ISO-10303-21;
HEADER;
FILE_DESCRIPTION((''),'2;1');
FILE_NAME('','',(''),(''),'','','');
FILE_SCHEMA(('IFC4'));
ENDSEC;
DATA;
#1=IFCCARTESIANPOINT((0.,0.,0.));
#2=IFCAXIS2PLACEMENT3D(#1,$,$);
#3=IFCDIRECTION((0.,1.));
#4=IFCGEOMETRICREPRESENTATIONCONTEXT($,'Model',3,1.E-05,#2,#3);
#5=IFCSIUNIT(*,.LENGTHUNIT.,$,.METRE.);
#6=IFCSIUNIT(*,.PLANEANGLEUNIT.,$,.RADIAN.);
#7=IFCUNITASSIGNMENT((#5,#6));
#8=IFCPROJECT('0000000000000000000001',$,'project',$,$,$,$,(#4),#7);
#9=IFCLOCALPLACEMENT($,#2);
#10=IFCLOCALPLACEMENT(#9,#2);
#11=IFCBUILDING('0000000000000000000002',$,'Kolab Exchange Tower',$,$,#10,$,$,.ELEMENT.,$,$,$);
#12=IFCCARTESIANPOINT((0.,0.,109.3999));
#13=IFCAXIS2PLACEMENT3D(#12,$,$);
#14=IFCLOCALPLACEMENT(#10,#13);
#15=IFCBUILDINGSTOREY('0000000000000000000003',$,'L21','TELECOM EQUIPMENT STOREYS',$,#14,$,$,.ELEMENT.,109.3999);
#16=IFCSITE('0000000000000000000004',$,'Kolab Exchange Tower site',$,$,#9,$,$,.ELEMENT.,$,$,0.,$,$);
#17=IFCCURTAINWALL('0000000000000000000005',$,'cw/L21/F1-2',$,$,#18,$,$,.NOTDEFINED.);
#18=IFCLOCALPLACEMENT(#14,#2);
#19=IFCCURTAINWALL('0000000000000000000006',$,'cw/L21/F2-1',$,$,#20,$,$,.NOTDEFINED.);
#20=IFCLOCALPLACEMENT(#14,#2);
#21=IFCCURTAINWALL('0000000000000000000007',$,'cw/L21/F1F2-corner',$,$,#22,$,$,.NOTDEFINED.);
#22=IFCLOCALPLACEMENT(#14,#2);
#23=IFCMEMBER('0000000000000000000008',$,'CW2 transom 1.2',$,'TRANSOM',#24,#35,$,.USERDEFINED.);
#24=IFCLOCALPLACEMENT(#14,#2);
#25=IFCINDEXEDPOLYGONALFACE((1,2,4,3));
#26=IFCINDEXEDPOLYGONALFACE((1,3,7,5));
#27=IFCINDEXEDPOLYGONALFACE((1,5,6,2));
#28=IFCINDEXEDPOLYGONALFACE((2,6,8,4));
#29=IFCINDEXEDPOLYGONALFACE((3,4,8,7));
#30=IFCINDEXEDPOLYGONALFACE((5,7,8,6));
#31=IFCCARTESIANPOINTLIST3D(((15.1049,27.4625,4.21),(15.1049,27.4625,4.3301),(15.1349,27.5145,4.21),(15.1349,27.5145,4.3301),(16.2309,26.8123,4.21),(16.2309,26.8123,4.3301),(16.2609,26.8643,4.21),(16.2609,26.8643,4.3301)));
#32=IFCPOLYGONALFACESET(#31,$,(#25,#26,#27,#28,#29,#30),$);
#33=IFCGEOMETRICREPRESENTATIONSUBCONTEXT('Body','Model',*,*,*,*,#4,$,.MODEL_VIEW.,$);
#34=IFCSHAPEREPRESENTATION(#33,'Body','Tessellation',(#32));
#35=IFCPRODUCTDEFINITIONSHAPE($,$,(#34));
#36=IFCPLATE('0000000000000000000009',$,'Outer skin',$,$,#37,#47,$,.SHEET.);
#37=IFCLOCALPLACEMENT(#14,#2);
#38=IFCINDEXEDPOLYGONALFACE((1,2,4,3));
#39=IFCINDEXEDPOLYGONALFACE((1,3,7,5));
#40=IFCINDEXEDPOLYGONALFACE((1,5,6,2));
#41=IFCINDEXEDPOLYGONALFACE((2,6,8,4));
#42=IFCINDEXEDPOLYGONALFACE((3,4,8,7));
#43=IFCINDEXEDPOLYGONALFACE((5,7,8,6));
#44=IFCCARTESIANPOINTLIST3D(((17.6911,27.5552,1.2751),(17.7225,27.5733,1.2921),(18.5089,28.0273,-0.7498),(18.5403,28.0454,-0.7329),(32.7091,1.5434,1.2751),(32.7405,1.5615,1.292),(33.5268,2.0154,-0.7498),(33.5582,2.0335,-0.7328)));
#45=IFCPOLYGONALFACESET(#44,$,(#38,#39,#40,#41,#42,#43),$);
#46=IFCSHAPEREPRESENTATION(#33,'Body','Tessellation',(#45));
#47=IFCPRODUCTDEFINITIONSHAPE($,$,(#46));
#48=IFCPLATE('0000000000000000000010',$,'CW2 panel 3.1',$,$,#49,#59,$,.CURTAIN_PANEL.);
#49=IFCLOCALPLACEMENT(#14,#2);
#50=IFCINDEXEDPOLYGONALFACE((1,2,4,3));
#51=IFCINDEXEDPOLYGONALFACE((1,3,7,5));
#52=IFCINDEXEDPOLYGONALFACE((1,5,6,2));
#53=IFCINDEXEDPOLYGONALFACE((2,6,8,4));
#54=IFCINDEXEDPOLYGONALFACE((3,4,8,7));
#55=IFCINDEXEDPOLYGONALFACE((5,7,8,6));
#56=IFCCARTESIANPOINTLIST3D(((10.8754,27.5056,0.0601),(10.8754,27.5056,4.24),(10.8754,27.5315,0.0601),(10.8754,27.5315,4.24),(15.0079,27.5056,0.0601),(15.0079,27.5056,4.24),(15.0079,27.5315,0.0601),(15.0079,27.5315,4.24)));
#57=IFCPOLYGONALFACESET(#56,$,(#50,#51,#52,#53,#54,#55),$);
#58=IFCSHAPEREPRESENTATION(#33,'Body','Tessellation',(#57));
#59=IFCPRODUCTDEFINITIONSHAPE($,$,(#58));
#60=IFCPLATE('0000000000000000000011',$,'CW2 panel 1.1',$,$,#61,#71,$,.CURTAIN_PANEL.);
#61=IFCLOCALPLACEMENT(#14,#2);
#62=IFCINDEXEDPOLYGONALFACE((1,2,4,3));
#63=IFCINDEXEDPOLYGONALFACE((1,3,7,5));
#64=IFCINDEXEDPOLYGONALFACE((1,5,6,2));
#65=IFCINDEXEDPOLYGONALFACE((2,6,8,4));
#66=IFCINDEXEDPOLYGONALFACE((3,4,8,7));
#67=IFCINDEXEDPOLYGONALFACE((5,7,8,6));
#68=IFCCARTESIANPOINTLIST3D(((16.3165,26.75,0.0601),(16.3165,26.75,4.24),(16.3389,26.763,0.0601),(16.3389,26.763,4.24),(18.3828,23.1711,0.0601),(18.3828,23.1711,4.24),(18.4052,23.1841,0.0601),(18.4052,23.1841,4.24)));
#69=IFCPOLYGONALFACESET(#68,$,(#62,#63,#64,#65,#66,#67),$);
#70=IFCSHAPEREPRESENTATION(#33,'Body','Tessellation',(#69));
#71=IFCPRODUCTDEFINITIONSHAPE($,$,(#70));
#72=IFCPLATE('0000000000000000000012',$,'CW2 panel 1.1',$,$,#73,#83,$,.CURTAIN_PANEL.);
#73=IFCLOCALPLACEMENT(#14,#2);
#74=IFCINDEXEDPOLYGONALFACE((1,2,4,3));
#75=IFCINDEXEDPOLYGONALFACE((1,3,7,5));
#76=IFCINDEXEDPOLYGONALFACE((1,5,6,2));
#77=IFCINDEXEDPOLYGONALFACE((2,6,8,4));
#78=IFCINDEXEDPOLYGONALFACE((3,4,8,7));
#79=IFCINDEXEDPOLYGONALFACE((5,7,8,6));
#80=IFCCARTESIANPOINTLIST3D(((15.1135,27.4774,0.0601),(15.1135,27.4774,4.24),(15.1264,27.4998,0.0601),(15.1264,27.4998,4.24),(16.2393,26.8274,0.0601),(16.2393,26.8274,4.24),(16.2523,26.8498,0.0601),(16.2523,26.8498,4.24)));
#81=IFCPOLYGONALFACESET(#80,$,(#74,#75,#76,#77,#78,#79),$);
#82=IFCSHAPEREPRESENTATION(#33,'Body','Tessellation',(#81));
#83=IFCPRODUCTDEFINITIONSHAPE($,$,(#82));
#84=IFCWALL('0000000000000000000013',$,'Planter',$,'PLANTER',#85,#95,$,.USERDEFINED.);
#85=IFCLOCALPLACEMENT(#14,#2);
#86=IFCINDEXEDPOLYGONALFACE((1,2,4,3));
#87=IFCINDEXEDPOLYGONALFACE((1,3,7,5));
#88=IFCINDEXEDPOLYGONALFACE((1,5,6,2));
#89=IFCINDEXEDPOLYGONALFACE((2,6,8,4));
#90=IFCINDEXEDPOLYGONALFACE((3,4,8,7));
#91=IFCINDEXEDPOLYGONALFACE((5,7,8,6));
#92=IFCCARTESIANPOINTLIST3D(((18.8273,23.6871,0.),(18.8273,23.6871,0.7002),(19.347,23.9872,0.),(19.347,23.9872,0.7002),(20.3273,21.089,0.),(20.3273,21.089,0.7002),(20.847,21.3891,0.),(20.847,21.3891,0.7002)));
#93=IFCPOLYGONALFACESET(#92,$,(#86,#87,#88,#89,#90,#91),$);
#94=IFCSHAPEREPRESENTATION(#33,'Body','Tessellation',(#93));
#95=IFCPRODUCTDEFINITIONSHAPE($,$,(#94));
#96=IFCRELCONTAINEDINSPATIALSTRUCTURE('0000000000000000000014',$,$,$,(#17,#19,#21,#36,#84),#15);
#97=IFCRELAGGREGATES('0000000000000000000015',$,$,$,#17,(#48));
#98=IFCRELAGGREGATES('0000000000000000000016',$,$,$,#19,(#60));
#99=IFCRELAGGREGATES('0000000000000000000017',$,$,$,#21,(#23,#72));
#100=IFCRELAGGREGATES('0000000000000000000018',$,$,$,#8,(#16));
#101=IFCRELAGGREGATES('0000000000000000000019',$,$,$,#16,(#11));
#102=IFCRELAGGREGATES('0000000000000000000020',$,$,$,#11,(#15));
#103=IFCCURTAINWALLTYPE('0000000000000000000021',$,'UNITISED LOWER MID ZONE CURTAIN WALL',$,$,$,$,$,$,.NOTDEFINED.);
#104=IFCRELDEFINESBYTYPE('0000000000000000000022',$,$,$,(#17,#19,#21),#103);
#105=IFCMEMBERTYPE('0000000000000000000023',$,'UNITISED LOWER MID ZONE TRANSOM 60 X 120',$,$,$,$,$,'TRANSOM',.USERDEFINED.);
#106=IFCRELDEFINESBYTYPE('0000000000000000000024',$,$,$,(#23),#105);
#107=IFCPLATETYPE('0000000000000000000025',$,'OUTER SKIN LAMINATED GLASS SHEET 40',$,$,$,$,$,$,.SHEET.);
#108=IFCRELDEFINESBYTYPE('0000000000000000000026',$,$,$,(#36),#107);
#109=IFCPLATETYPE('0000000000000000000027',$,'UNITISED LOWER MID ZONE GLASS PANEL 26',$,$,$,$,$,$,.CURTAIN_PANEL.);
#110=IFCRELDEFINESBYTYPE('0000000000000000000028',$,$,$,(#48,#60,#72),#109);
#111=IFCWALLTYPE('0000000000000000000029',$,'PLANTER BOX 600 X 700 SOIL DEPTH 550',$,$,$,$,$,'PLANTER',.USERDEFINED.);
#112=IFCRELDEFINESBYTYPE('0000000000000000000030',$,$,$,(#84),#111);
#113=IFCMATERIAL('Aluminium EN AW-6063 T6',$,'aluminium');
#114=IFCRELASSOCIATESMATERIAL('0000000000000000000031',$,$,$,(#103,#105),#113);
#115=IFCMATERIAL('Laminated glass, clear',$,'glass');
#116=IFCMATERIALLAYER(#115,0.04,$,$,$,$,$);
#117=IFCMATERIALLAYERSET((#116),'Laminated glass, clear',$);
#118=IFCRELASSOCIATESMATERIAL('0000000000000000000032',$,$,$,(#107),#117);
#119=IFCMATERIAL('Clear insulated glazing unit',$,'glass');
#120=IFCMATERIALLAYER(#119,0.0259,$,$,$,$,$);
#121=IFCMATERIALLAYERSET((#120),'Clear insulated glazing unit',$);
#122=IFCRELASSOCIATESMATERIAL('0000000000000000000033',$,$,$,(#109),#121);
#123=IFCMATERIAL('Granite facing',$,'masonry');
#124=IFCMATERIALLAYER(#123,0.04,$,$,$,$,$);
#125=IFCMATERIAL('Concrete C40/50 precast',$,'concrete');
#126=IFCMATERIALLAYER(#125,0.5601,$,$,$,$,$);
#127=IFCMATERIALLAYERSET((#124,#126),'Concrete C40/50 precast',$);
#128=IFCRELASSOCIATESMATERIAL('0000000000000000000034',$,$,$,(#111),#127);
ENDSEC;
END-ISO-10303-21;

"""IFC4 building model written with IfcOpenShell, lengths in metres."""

from ifc_helpers import new_model, si_unit, direction, frame, frame_2d, origin, origin_2d, place, context, subcontext, project, spatial, polyline, rectangle, outline, extrude, material, layer, layer_set, material_profile, profile_set, type_object, element, aggregate, save


model = new_model("IFC4")

# Units and contexts
model_context = context("Model", 3, precision=1e-05, world=origin(), true_north=direction((0.0, 1.0)))
body_context = subcontext(model_context, "Body", "Model", "MODEL_VIEW")
ifc_project = project(units=[si_unit("LENGTHUNIT", "METRE"), si_unit("PLANEANGLEUNIT", "RADIAN")], contexts=[model_context])

# Site, building, storey
site_placement = place(None, origin())
site = spatial("IfcSite", under=ifc_project, at=site_placement, Name="Kolab Exchange Tower site", CompositionType="ELEMENT", RefElevation=0.0)
building_placement = place(site_placement, origin())
building = spatial("IfcBuilding", under=site, at=building_placement, Name="Kolab Exchange Tower", CompositionType="ELEMENT")
storey_placement = place(building_placement, frame((0.0, 0.0, 109.3999)))
storey = spatial("IfcBuildingStorey", under=building, at=storey_placement, Name="L21", Description="TELECOM EQUIPMENT STOREYS", CompositionType="ELEMENT", Elevation=109.3999)

# Curtain wall
ifc_material_1 = material(Name="Aluminium EN AW-6063 T6", Category="aluminium")
curtain_wall_type = type_object("IfcCurtainWallType", Name="UNITISED LOWER MID ZONE CURTAIN WALL", PredefinedType="NOTDEFINED", material=ifc_material_1)
curtain_wall_1_placement = place(storey_placement, origin())
curtain_wall_1 = element("IfcCurtainWall", 1, at=curtain_wall_1_placement, inside=storey, type_object=curtain_wall_type, Name="cw/L21/F1-2", PredefinedType="NOTDEFINED")

# Curtain walls
curtain_wall_2_placement = place(storey_placement, origin())
curtain_wall_2 = element("IfcCurtainWall", 2, at=curtain_wall_2_placement, inside=storey, type_object=curtain_wall_type, Name="cw/L21/F2-1", PredefinedType="NOTDEFINED")
curtain_wall_3_placement = place(storey_placement, origin())
curtain_wall_3 = element("IfcCurtainWall", 3, at=curtain_wall_3_placement, inside=storey, type_object=curtain_wall_type, Name="cw/L21/F1F2-corner", PredefinedType="NOTDEFINED")

# Member
ifc_material_profile_1 = material_profile(ifc_material_1, rectangle(XDim=0.0601, YDim=0.1201, at=origin_2d()), Name="RECT 60X120")
ifc_profile_set_1 = profile_set([ifc_material_profile_1], Name="Aluminium EN AW-6063 T6")
member_type_1 = type_object("IfcMemberType", Name="UNITISED LOWER MID ZONE TRANSOM 60 X 120", ElementType="TRANSOM", PredefinedType="USERDEFINED", material=ifc_profile_set_1)
member_1_placement = place(storey_placement, frame((15.1199, 27.4885, 4.27), z_axis=(0.866004, -0.500037, 0.0), x_axis=(0.500037, 0.866004, 0.0)))
member_1 = element("IfcMember", 4, at=member_1_placement, type_object=member_type_1, Name="CW2 transom 1.2", ObjectType="TRANSOM", PredefinedType="USERDEFINED", context=body_context, shape_type="SweptSolid", body=[
    extrude(rectangle(XDim=0.0601, YDim=0.1201, at=origin_2d()), origin(), (0.0, 0.0, 1.0), 1.3003),
])

# Plates
ifc_material_2 = material(Name="Laminated glass, clear", Category="glass")
ifc_layer_1 = layer(ifc_material_2, 0.04)
ifc_layer_set_1 = layer_set([ifc_layer_1], Name="Laminated glass, clear")
plate_type_1 = type_object("IfcPlateType", Name="OUTER SKIN LAMINATED GLASS SHEET 40", PredefinedType="SHEET", material=ifc_layer_set_1)
plate_1_placement = place(storey_placement, frame((18.5403, 28.0454, -0.7329), z_axis=(0.784887, 0.453155, 0.422613), x_axis=(0.499999, -0.866026, 0.000002)))
element("IfcPlate", 5, at=plate_1_placement, inside=storey, type_object=plate_type_1, Name="Outer skin", PredefinedType="SHEET", context=body_context, shape_type="SweptSolid", body=[
    extrude(outline(polyline([(0.0, 0.0), (30.0359, 0.0), (30.0358, -2.2342), (0.0, -2.2343), (0.0, 0.0)])), origin(), (0.0, 0.0, -1.0), 0.04),
])
ifc_material_3 = material(Name="Clear insulated glazing unit", Category="glass")
ifc_layer_2 = layer(ifc_material_3, 0.0259)
ifc_layer_set_2 = layer_set([ifc_layer_2], Name="Clear insulated glazing unit")
plate_type_2 = type_object("IfcPlateType", Name="UNITISED LOWER MID ZONE GLASS PANEL 26", PredefinedType="CURTAIN_PANEL", material=ifc_layer_set_2)
plate_2_placement = place(storey_placement, frame((12.9417, 27.5186, 0.0601), z_axis=(0.0, 0.0, 1.0), x_axis=(1.0, 0.0, 0.0)))
plate_2 = element("IfcPlate", 6, at=plate_2_placement, type_object=plate_type_2, Name="CW2 panel 3.1", PredefinedType="CURTAIN_PANEL", context=body_context, shape_type="SweptSolid", body=[
    extrude(rectangle(XDim=4.1326, YDim=0.0259, at=origin_2d()), origin(), (0.0, 0.0, 1.0), 4.1799),
])
aggregate(curtain_wall_1, [plate_2])
plate_3_placement = place(storey_placement, frame((17.3608, 24.967, 0.0601), z_axis=(0.0, 0.0, 1.0), x_axis=(0.5, -0.866025, 0.0)))
plate_3 = element("IfcPlate", 7, at=plate_3_placement, type_object=plate_type_2, Name="CW2 panel 1.1", PredefinedType="CURTAIN_PANEL", context=body_context, shape_type="SweptSolid", body=[
    extrude(rectangle(XDim=4.1326, YDim=0.0259, at=origin_2d()), origin(), (0.0, 0.0, 1.0), 4.1799),
])
aggregate(curtain_wall_2, [plate_3])
plate_4_placement = place(storey_placement, frame((15.6829, 27.1636, 0.0601), z_axis=(0.0, 0.0, 1.0), x_axis=(0.866025, -0.5, 0.0)))
plate_4 = element("IfcPlate", 8, at=plate_4_placement, type_object=plate_type_2, Name="CW2 panel 1.1", PredefinedType="CURTAIN_PANEL", context=body_context, shape_type="SweptSolid", body=[
    extrude(rectangle(XDim=1.3, YDim=0.0259, at=origin_2d()), origin(), (0.0, 0.0, 1.0), 4.1799),
])
aggregate(curtain_wall_3, [member_1, plate_4])

# Wall
ifc_material_4 = material(Name="Granite facing", Category="masonry")
ifc_layer_3 = layer(ifc_material_4, 0.04)
ifc_material_5 = material(Name="Concrete C40/50 precast", Category="concrete")
ifc_layer_4 = layer(ifc_material_5, 0.5601)
ifc_layer_set_3 = layer_set([ifc_layer_3, ifc_layer_4], Name="Concrete C40/50 precast")
wall_type = type_object("IfcWallType", Name="PLANTER BOX 600 X 700 SOIL DEPTH 550", ElementType="PLANTER", PredefinedType="USERDEFINED", material=ifc_layer_set_3)
wall_placement = place(storey_placement, frame((19.0872, 23.8372, 0.0), z_axis=(0.0, 0.0, 1.0), x_axis=(0.49999, -0.866031, 0.0)))
element("IfcWall", 9, at=wall_placement, inside=storey, type_object=wall_type, Name="Planter", ObjectType="PLANTER", PredefinedType="USERDEFINED", context=body_context, shape_type="SweptSolid", body=[
    extrude(rectangle(XDim=3.0, YDim=0.6001, at=frame_2d((1.5, 0.0))), origin(), (0.0, 0.0, 1.0), 0.7002),
])

save(model, "model.ifc")
